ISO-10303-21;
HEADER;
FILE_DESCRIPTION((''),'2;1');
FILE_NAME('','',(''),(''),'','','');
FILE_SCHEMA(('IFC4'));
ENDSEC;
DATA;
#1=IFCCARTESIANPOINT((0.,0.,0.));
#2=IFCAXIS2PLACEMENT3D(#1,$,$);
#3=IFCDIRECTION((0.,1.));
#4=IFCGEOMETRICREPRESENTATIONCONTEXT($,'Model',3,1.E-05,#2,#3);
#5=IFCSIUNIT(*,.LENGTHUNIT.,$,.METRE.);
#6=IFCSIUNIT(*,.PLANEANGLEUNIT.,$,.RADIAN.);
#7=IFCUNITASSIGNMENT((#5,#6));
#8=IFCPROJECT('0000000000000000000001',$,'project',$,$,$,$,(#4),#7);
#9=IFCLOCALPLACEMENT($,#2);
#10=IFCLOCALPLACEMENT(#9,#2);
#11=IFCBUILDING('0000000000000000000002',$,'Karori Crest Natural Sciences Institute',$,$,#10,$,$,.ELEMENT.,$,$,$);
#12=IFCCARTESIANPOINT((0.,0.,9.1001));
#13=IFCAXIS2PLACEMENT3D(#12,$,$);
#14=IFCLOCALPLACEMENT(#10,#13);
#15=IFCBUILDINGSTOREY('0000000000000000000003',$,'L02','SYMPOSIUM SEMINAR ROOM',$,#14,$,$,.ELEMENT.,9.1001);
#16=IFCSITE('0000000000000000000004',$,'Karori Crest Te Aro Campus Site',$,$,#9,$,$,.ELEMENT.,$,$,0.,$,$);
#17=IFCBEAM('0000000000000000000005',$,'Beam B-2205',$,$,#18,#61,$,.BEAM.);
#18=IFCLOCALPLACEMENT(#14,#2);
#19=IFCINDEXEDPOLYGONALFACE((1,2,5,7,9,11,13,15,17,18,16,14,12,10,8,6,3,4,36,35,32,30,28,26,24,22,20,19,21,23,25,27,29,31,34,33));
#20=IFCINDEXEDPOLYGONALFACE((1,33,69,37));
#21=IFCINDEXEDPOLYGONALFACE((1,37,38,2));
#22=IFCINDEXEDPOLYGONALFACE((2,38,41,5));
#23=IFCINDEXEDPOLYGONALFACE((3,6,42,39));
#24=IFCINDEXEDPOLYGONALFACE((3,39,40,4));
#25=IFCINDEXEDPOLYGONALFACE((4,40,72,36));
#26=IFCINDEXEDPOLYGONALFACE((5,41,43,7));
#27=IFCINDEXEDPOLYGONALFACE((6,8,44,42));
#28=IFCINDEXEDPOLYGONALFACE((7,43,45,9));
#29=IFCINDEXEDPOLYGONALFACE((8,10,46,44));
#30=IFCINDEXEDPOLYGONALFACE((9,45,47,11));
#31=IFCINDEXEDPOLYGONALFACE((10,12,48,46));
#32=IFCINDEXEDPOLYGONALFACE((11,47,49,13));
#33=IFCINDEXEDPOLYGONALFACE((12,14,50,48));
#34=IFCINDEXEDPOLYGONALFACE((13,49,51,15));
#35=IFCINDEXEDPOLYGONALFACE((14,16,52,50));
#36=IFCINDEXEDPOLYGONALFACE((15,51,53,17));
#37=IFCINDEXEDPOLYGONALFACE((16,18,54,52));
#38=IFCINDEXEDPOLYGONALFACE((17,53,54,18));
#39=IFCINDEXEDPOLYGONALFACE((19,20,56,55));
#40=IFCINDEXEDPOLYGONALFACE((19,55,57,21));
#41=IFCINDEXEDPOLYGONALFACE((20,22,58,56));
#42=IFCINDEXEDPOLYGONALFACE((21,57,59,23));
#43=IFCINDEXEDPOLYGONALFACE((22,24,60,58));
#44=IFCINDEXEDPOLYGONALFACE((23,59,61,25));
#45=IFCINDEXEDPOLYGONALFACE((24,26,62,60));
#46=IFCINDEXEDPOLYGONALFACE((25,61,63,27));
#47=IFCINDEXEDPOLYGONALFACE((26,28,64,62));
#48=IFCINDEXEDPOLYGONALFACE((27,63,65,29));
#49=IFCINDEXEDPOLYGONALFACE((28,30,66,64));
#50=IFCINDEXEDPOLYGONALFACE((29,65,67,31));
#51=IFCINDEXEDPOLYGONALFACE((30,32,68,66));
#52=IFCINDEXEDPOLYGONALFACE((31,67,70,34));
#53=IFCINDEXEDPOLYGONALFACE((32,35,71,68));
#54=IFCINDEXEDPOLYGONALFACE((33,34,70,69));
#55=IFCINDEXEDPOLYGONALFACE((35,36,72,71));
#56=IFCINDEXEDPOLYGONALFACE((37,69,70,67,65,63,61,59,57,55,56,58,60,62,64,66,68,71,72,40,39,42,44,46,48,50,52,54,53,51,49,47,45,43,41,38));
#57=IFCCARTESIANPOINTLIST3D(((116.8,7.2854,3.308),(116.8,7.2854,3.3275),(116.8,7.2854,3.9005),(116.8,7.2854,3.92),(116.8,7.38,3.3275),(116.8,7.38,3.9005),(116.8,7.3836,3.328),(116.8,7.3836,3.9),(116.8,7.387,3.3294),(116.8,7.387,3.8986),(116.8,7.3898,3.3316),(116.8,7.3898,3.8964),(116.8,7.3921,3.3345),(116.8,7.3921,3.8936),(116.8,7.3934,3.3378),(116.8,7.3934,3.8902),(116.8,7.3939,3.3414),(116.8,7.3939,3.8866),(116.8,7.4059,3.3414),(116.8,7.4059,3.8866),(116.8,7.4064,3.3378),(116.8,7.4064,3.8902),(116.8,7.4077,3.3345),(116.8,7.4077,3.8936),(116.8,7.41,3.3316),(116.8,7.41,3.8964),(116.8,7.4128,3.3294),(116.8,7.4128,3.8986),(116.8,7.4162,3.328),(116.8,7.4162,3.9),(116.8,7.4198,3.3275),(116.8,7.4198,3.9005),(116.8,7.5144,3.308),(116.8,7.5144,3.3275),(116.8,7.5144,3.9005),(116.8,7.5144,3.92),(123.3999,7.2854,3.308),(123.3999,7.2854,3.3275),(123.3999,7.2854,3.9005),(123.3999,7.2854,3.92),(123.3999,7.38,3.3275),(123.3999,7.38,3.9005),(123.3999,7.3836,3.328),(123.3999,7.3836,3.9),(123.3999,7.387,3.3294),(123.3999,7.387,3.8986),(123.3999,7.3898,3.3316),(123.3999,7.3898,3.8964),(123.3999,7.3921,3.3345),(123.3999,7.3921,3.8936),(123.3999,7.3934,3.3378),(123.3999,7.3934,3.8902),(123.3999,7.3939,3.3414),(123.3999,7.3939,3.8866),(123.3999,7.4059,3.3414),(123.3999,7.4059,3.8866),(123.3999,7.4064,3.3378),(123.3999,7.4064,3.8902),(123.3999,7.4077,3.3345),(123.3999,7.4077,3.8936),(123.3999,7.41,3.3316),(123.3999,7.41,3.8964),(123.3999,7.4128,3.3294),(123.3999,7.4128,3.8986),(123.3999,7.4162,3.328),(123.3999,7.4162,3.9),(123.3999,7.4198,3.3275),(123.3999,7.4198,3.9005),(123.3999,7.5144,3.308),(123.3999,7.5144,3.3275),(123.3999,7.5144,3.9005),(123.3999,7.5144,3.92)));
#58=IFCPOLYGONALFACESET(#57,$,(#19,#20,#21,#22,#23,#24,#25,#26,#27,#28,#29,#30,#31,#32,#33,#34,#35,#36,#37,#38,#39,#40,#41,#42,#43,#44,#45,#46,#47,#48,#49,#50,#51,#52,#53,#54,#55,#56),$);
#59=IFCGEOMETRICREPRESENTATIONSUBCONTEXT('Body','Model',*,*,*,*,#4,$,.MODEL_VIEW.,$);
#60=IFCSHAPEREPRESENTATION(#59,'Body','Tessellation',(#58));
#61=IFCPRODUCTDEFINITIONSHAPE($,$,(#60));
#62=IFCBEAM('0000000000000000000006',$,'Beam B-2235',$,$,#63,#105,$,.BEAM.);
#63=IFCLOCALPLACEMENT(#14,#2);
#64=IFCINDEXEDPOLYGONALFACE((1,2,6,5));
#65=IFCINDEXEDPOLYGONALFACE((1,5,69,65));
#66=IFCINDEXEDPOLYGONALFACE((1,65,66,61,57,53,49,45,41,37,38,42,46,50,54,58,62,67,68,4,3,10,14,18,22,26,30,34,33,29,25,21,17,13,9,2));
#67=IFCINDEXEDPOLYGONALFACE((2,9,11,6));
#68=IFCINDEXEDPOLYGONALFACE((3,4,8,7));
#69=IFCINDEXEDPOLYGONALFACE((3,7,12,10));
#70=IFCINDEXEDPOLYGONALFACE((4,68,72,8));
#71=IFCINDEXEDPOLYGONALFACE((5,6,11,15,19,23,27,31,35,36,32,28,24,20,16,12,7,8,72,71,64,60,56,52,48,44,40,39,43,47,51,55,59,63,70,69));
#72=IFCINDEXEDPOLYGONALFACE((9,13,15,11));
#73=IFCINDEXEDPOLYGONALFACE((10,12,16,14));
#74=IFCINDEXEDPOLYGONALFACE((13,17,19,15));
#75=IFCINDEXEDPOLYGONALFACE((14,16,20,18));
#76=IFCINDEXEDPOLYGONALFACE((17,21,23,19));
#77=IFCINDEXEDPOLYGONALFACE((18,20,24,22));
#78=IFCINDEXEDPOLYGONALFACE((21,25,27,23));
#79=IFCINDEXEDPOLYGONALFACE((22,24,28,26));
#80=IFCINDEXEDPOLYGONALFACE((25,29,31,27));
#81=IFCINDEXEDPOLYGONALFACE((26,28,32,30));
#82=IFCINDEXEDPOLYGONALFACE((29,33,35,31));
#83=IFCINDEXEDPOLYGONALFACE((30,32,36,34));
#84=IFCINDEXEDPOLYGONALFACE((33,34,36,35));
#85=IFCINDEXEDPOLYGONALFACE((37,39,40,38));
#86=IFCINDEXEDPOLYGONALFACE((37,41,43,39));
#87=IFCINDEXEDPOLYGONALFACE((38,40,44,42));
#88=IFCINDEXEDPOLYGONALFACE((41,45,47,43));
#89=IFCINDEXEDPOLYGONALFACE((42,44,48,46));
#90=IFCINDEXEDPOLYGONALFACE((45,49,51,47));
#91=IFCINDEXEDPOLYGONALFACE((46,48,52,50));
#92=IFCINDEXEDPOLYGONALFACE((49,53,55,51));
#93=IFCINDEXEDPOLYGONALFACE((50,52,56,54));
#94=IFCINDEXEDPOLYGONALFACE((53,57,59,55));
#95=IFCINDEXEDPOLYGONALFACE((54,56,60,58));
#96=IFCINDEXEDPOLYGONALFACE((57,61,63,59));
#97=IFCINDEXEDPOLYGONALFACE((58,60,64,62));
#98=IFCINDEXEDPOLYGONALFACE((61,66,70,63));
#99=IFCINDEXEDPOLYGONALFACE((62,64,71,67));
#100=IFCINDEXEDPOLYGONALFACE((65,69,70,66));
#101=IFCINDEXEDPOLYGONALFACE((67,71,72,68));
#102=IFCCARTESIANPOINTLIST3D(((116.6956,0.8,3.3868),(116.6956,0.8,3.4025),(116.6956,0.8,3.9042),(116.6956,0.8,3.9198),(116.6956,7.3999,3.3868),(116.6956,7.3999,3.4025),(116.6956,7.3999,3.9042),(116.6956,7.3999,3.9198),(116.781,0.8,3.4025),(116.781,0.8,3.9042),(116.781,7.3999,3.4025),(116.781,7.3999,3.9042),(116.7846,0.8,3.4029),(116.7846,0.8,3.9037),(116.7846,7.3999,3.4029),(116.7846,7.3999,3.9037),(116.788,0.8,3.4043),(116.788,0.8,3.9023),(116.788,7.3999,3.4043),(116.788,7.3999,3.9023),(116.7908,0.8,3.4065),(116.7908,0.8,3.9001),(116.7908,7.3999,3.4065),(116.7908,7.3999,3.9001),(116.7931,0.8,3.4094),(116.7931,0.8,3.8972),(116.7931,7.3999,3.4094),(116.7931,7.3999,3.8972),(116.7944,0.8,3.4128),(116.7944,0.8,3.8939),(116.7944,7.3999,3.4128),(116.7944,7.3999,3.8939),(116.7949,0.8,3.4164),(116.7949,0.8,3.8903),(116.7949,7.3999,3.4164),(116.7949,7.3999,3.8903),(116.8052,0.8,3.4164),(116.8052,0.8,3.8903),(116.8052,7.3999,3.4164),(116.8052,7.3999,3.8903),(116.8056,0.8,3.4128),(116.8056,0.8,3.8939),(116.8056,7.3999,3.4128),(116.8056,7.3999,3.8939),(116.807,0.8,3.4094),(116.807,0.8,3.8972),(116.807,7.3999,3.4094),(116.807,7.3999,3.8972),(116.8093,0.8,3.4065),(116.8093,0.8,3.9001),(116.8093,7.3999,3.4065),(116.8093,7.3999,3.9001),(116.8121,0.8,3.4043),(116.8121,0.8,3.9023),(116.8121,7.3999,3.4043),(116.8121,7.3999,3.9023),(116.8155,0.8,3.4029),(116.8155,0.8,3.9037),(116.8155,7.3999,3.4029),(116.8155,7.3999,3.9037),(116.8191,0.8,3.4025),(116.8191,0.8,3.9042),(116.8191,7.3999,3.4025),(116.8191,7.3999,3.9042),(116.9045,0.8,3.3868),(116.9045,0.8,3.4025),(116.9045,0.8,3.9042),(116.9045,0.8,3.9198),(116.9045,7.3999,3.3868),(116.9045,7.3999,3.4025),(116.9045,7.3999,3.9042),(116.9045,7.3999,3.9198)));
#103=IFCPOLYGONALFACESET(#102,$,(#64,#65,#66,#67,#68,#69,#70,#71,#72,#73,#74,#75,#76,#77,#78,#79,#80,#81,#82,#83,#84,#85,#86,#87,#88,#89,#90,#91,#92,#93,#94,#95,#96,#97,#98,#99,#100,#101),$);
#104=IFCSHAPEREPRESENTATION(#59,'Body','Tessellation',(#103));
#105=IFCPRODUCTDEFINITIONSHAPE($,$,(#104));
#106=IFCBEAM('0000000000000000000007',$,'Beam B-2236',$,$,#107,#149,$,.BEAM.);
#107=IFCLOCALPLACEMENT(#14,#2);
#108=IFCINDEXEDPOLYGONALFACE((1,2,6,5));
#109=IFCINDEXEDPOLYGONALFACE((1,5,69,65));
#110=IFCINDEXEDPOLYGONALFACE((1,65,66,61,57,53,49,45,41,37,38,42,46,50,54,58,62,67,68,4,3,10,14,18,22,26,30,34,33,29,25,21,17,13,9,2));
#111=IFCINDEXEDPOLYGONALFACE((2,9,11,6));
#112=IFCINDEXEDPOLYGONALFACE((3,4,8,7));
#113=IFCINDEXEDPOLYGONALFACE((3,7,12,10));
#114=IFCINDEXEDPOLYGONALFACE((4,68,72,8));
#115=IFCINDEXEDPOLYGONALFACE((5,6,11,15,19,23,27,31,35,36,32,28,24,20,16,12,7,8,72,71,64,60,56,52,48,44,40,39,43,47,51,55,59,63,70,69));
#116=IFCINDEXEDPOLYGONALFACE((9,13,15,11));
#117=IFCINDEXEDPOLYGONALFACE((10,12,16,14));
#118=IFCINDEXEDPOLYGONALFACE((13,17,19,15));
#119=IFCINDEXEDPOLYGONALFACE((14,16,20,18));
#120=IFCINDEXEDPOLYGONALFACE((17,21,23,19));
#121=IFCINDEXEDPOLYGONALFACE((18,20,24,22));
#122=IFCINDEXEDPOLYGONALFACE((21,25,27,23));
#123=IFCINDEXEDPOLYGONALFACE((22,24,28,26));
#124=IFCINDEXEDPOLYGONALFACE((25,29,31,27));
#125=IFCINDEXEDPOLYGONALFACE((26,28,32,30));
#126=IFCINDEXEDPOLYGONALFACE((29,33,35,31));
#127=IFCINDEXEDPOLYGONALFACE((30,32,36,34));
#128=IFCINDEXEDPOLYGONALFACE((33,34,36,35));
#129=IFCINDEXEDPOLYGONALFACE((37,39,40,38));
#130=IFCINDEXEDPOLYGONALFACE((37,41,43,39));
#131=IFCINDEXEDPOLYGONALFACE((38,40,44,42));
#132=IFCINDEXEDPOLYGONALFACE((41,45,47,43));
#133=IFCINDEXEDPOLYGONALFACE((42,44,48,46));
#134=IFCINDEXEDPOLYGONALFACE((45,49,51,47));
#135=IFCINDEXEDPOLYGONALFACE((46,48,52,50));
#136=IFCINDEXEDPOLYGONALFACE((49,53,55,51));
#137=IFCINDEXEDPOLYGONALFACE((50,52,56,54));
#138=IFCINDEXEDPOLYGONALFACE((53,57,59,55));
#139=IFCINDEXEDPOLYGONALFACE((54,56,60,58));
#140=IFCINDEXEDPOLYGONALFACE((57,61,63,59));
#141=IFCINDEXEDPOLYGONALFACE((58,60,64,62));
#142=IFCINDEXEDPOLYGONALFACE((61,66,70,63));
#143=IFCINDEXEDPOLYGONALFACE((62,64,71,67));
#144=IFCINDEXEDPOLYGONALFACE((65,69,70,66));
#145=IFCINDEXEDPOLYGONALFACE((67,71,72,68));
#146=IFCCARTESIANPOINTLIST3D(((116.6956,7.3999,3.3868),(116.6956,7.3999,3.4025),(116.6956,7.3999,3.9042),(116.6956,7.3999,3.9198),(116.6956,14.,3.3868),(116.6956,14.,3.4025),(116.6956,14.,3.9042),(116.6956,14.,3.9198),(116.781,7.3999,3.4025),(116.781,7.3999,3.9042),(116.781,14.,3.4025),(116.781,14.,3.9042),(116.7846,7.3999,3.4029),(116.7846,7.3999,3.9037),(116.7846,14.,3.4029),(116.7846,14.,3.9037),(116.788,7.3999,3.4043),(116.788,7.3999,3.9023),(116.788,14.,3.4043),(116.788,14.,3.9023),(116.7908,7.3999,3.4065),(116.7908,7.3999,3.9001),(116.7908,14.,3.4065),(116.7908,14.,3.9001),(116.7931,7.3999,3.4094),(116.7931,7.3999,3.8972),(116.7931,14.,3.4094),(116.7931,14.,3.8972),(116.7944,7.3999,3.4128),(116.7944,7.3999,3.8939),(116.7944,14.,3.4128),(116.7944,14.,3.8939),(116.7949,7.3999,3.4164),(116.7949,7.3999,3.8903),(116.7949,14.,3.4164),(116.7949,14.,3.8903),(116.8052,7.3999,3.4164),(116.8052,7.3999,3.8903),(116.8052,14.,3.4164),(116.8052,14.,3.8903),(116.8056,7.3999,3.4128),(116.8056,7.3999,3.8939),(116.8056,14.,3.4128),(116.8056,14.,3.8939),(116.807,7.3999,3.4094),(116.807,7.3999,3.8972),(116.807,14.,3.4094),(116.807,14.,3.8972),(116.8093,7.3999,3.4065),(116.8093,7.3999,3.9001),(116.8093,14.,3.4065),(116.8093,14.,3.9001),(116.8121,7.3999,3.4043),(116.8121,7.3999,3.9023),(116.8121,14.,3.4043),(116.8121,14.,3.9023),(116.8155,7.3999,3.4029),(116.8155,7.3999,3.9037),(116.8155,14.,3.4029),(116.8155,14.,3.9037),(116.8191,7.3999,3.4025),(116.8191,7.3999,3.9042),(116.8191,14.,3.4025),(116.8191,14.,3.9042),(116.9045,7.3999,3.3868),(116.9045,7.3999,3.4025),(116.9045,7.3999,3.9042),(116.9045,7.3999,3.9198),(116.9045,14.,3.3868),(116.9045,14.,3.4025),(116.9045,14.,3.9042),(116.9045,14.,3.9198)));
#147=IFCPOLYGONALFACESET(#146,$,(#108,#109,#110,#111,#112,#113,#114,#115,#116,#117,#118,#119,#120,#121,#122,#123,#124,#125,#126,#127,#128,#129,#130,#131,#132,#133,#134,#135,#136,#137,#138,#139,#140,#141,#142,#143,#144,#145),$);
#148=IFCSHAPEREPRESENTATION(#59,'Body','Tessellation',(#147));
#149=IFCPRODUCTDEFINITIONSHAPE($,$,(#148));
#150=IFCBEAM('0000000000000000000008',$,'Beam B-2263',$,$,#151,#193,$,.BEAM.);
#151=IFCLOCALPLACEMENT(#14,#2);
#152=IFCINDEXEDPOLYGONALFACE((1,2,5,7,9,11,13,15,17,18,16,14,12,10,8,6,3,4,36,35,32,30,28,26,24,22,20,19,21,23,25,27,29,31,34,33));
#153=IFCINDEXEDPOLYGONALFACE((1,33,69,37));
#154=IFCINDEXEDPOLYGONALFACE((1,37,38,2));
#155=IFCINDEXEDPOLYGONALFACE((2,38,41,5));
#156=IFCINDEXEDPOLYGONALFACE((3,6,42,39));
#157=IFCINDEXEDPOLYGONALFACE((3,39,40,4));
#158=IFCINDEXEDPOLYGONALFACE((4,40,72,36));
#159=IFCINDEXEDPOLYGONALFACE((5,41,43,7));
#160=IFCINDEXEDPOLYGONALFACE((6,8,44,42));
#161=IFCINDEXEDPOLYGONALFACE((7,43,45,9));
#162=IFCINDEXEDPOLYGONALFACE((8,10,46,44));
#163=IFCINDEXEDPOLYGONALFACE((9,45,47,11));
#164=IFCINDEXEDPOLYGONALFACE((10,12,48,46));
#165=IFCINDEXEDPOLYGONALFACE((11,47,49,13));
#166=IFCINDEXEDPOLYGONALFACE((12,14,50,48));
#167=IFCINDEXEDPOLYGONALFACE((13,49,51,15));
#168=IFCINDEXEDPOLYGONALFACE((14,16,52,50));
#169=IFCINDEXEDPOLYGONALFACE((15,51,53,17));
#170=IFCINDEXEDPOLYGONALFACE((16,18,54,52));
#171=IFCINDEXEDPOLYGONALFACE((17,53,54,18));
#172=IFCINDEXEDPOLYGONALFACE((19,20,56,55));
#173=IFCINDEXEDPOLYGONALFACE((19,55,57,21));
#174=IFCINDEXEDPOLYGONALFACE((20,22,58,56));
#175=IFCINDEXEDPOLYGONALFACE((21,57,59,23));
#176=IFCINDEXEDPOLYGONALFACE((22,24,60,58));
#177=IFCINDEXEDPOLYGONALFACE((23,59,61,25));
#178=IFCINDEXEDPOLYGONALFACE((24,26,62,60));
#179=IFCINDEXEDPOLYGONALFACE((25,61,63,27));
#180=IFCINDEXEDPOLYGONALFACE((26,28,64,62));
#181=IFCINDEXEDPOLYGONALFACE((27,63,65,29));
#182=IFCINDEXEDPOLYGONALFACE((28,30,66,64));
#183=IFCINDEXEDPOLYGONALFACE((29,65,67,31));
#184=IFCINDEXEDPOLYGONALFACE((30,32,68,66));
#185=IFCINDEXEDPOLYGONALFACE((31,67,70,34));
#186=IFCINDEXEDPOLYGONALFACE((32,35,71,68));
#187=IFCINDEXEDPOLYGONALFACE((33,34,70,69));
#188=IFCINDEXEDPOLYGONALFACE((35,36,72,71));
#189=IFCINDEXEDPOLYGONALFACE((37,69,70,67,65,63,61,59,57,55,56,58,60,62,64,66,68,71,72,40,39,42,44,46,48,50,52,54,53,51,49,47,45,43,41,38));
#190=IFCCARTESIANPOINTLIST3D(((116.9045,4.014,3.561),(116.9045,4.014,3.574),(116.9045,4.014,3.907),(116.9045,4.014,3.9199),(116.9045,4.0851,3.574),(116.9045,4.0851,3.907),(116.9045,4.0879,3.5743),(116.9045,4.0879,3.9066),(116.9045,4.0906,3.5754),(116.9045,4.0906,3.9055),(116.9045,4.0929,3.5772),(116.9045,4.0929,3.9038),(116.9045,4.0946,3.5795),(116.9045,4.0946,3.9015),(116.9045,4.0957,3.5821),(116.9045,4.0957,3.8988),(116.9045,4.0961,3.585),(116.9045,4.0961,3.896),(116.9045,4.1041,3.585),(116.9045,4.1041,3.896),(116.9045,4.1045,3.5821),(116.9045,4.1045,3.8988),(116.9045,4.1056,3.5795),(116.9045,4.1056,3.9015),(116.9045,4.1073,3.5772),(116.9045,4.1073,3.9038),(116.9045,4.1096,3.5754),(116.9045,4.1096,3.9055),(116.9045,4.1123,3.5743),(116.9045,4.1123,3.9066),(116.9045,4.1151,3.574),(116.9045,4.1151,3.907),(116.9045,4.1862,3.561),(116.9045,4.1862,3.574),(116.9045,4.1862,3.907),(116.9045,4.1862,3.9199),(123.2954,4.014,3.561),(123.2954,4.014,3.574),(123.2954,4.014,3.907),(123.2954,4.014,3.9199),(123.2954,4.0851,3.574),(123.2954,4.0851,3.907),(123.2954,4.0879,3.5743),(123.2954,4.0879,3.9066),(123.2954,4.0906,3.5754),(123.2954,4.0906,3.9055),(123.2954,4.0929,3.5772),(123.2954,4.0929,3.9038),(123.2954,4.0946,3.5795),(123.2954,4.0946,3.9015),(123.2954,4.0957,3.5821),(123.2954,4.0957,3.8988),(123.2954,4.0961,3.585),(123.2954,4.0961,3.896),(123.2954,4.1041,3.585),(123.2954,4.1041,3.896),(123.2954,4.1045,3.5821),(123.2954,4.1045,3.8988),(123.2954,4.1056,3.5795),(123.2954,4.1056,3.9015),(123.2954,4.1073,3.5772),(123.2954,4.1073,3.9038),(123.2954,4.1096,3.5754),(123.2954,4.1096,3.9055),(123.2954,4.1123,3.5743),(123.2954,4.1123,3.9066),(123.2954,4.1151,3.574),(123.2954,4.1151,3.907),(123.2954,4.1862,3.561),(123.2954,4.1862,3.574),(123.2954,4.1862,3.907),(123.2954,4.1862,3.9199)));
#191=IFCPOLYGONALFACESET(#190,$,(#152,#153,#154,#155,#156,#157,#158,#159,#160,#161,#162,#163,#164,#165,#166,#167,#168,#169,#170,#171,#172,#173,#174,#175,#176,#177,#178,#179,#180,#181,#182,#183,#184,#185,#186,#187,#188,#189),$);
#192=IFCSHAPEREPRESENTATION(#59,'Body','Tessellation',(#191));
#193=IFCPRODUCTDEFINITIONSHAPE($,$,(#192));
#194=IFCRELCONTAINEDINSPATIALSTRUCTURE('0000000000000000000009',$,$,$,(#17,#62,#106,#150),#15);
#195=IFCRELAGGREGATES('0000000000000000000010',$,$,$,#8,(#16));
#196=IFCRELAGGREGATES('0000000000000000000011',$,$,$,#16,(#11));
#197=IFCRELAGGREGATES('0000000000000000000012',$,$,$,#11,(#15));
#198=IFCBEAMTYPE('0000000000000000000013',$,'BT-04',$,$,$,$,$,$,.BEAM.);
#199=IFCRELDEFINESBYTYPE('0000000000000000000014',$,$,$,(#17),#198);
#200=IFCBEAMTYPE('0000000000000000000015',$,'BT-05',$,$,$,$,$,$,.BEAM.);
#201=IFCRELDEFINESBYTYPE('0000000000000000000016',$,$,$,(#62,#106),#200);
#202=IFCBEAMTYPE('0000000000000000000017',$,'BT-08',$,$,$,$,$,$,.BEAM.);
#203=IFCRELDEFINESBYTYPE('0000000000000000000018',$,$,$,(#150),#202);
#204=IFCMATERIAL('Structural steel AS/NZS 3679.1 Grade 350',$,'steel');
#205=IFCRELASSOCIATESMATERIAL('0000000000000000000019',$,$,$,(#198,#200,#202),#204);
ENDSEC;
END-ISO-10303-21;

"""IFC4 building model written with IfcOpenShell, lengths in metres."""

from ifc_helpers import new_model, si_unit, direction, frame, origin, origin_2d, place, context, subcontext, project, spatial, i_section, extrude, material, material_profile, profile_set, type_object, element, save


model = new_model("IFC4")

# Units and contexts
model_context = context("Model", 3, precision=1e-05, world=origin(), true_north=direction((0.0, 1.0)))
body_context = subcontext(model_context, "Body", "Model", "MODEL_VIEW")
ifc_project = project(units=[si_unit("LENGTHUNIT", "METRE"), si_unit("PLANEANGLEUNIT", "RADIAN")], contexts=[model_context])

# Site, building, storey
site_placement = place(None, origin())
site = spatial("IfcSite", under=ifc_project, at=site_placement, Name="Karori Crest Te Aro Campus Site", CompositionType="ELEMENT", RefElevation=0.0)
building_placement = place(site_placement, origin())
building = spatial("IfcBuilding", under=site, at=building_placement, Name="Karori Crest Natural Sciences Institute", CompositionType="ELEMENT")
storey_placement = place(building_placement, frame((0.0, 0.0, 9.1001)))
storey = spatial("IfcBuildingStorey", under=building, at=storey_placement, Name="L02", Description="SYMPOSIUM SEMINAR ROOM", CompositionType="ELEMENT", Elevation=9.1001)

# Shared definitions
ifc_material_1 = material(Name="Structural steel AS/NZS 3679.1 Grade 350", Category="steel")

# Beams
ifc_material_profile_1 = material_profile(ifc_material_1, i_section(OverallWidth=0.229, OverallDepth=0.6121, WebThickness=0.012, FlangeThickness=0.0195, FilletRadius=0.0139, at=origin_2d()), Name="610UB125")
ifc_profile_set_1 = profile_set([ifc_material_profile_1], Name="Structural steel AS/NZS 3679.1 Grade 350")
beam_type_1 = type_object("IfcBeamType", Name="BT-04", PredefinedType="BEAM", material=ifc_profile_set_1)
beam_1_placement = place(storey_placement, frame((116.8, 7.3999, 3.614), z_axis=(1.0, 0.0, 0.0), x_axis=(0.0, 1.0, 0.0)))
element("IfcBeam", 1, at=beam_1_placement, inside=storey, type_object=beam_type_1, Name="Beam B-2205", PredefinedType="BEAM", context=body_context, shape_type="SweptSolid", body=[
    extrude(i_section(OverallWidth=0.229, OverallDepth=0.6121, WebThickness=0.012, FlangeThickness=0.0195, FilletRadius=0.0139, at=origin_2d()), origin(), (0.0, 0.0, 1.0), 6.5999),
])
ifc_material_profile_2 = material_profile(ifc_material_1, i_section(OverallWidth=0.209, OverallDepth=0.533, WebThickness=0.0103, FlangeThickness=0.0156, FilletRadius=0.0139, at=origin_2d()), Name="530UB92.4")
ifc_profile_set_2 = profile_set([ifc_material_profile_2], Name="Structural steel AS/NZS 3679.1 Grade 350")
beam_type_2 = type_object("IfcBeamType", Name="BT-05", PredefinedType="BEAM", material=ifc_profile_set_2)
beam_2_placement = place(storey_placement, frame((116.8, 0.8, 3.6533), z_axis=(0.0, 1.0, 0.0), x_axis=(-1.0, 0.0, 0.0)))
element("IfcBeam", 2, at=beam_2_placement, inside=storey, type_object=beam_type_2, Name="Beam B-2235", PredefinedType="BEAM", context=body_context, shape_type="SweptSolid", body=[
    extrude(i_section(OverallWidth=0.209, OverallDepth=0.533, WebThickness=0.0103, FlangeThickness=0.0156, FilletRadius=0.0139, at=origin_2d()), origin(), (0.0, 0.0, 1.0), 6.5999),
])
beam_3_placement = place(storey_placement, frame((116.8, 7.3999, 3.6533), z_axis=(0.0, 1.0, 0.0), x_axis=(-1.0, 0.0, 0.0)))
element("IfcBeam", 3, at=beam_3_placement, inside=storey, type_object=beam_type_2, Name="Beam B-2236", PredefinedType="BEAM", context=body_context, shape_type="SweptSolid", body=[
    extrude(i_section(OverallWidth=0.209, OverallDepth=0.533, WebThickness=0.0103, FlangeThickness=0.0156, FilletRadius=0.0139, at=origin_2d()), origin(), (0.0, 0.0, 1.0), 6.6001),
])
ifc_material_profile_3 = material_profile(ifc_material_1, i_section(OverallWidth=0.1721, OverallDepth=0.3589, WebThickness=0.0081, FlangeThickness=0.0129, FilletRadius=0.011, at=origin_2d()), Name="360UB56.7")
ifc_profile_set_3 = profile_set([ifc_material_profile_3], Name="Structural steel AS/NZS 3679.1 Grade 350")
beam_type_3 = type_object("IfcBeamType", Name="BT-08", PredefinedType="BEAM", material=ifc_profile_set_3)
for number, where, z_axis, x_axis, name in (
    (4, (116.9045, 4.1001, 3.7405), (1.0, 0.0, 0.0), (0.0, 1.0, 0.0), "Beam B-2263"),
):
    element("IfcBeam", number, at=place(storey_placement, frame(where, z_axis=z_axis, x_axis=x_axis)), inside=storey, type_object=beam_type_3, Name=name, PredefinedType="BEAM", context=body_context, shape_type="SweptSolid", body=[
        extrude(i_section(OverallWidth=0.1721, OverallDepth=0.3589, WebThickness=0.0081, FlangeThickness=0.0129, FilletRadius=0.011, at=origin_2d()), origin(), (0.0, 0.0, 1.0), 6.3909),
    ])

save(model, "model.ifc")
